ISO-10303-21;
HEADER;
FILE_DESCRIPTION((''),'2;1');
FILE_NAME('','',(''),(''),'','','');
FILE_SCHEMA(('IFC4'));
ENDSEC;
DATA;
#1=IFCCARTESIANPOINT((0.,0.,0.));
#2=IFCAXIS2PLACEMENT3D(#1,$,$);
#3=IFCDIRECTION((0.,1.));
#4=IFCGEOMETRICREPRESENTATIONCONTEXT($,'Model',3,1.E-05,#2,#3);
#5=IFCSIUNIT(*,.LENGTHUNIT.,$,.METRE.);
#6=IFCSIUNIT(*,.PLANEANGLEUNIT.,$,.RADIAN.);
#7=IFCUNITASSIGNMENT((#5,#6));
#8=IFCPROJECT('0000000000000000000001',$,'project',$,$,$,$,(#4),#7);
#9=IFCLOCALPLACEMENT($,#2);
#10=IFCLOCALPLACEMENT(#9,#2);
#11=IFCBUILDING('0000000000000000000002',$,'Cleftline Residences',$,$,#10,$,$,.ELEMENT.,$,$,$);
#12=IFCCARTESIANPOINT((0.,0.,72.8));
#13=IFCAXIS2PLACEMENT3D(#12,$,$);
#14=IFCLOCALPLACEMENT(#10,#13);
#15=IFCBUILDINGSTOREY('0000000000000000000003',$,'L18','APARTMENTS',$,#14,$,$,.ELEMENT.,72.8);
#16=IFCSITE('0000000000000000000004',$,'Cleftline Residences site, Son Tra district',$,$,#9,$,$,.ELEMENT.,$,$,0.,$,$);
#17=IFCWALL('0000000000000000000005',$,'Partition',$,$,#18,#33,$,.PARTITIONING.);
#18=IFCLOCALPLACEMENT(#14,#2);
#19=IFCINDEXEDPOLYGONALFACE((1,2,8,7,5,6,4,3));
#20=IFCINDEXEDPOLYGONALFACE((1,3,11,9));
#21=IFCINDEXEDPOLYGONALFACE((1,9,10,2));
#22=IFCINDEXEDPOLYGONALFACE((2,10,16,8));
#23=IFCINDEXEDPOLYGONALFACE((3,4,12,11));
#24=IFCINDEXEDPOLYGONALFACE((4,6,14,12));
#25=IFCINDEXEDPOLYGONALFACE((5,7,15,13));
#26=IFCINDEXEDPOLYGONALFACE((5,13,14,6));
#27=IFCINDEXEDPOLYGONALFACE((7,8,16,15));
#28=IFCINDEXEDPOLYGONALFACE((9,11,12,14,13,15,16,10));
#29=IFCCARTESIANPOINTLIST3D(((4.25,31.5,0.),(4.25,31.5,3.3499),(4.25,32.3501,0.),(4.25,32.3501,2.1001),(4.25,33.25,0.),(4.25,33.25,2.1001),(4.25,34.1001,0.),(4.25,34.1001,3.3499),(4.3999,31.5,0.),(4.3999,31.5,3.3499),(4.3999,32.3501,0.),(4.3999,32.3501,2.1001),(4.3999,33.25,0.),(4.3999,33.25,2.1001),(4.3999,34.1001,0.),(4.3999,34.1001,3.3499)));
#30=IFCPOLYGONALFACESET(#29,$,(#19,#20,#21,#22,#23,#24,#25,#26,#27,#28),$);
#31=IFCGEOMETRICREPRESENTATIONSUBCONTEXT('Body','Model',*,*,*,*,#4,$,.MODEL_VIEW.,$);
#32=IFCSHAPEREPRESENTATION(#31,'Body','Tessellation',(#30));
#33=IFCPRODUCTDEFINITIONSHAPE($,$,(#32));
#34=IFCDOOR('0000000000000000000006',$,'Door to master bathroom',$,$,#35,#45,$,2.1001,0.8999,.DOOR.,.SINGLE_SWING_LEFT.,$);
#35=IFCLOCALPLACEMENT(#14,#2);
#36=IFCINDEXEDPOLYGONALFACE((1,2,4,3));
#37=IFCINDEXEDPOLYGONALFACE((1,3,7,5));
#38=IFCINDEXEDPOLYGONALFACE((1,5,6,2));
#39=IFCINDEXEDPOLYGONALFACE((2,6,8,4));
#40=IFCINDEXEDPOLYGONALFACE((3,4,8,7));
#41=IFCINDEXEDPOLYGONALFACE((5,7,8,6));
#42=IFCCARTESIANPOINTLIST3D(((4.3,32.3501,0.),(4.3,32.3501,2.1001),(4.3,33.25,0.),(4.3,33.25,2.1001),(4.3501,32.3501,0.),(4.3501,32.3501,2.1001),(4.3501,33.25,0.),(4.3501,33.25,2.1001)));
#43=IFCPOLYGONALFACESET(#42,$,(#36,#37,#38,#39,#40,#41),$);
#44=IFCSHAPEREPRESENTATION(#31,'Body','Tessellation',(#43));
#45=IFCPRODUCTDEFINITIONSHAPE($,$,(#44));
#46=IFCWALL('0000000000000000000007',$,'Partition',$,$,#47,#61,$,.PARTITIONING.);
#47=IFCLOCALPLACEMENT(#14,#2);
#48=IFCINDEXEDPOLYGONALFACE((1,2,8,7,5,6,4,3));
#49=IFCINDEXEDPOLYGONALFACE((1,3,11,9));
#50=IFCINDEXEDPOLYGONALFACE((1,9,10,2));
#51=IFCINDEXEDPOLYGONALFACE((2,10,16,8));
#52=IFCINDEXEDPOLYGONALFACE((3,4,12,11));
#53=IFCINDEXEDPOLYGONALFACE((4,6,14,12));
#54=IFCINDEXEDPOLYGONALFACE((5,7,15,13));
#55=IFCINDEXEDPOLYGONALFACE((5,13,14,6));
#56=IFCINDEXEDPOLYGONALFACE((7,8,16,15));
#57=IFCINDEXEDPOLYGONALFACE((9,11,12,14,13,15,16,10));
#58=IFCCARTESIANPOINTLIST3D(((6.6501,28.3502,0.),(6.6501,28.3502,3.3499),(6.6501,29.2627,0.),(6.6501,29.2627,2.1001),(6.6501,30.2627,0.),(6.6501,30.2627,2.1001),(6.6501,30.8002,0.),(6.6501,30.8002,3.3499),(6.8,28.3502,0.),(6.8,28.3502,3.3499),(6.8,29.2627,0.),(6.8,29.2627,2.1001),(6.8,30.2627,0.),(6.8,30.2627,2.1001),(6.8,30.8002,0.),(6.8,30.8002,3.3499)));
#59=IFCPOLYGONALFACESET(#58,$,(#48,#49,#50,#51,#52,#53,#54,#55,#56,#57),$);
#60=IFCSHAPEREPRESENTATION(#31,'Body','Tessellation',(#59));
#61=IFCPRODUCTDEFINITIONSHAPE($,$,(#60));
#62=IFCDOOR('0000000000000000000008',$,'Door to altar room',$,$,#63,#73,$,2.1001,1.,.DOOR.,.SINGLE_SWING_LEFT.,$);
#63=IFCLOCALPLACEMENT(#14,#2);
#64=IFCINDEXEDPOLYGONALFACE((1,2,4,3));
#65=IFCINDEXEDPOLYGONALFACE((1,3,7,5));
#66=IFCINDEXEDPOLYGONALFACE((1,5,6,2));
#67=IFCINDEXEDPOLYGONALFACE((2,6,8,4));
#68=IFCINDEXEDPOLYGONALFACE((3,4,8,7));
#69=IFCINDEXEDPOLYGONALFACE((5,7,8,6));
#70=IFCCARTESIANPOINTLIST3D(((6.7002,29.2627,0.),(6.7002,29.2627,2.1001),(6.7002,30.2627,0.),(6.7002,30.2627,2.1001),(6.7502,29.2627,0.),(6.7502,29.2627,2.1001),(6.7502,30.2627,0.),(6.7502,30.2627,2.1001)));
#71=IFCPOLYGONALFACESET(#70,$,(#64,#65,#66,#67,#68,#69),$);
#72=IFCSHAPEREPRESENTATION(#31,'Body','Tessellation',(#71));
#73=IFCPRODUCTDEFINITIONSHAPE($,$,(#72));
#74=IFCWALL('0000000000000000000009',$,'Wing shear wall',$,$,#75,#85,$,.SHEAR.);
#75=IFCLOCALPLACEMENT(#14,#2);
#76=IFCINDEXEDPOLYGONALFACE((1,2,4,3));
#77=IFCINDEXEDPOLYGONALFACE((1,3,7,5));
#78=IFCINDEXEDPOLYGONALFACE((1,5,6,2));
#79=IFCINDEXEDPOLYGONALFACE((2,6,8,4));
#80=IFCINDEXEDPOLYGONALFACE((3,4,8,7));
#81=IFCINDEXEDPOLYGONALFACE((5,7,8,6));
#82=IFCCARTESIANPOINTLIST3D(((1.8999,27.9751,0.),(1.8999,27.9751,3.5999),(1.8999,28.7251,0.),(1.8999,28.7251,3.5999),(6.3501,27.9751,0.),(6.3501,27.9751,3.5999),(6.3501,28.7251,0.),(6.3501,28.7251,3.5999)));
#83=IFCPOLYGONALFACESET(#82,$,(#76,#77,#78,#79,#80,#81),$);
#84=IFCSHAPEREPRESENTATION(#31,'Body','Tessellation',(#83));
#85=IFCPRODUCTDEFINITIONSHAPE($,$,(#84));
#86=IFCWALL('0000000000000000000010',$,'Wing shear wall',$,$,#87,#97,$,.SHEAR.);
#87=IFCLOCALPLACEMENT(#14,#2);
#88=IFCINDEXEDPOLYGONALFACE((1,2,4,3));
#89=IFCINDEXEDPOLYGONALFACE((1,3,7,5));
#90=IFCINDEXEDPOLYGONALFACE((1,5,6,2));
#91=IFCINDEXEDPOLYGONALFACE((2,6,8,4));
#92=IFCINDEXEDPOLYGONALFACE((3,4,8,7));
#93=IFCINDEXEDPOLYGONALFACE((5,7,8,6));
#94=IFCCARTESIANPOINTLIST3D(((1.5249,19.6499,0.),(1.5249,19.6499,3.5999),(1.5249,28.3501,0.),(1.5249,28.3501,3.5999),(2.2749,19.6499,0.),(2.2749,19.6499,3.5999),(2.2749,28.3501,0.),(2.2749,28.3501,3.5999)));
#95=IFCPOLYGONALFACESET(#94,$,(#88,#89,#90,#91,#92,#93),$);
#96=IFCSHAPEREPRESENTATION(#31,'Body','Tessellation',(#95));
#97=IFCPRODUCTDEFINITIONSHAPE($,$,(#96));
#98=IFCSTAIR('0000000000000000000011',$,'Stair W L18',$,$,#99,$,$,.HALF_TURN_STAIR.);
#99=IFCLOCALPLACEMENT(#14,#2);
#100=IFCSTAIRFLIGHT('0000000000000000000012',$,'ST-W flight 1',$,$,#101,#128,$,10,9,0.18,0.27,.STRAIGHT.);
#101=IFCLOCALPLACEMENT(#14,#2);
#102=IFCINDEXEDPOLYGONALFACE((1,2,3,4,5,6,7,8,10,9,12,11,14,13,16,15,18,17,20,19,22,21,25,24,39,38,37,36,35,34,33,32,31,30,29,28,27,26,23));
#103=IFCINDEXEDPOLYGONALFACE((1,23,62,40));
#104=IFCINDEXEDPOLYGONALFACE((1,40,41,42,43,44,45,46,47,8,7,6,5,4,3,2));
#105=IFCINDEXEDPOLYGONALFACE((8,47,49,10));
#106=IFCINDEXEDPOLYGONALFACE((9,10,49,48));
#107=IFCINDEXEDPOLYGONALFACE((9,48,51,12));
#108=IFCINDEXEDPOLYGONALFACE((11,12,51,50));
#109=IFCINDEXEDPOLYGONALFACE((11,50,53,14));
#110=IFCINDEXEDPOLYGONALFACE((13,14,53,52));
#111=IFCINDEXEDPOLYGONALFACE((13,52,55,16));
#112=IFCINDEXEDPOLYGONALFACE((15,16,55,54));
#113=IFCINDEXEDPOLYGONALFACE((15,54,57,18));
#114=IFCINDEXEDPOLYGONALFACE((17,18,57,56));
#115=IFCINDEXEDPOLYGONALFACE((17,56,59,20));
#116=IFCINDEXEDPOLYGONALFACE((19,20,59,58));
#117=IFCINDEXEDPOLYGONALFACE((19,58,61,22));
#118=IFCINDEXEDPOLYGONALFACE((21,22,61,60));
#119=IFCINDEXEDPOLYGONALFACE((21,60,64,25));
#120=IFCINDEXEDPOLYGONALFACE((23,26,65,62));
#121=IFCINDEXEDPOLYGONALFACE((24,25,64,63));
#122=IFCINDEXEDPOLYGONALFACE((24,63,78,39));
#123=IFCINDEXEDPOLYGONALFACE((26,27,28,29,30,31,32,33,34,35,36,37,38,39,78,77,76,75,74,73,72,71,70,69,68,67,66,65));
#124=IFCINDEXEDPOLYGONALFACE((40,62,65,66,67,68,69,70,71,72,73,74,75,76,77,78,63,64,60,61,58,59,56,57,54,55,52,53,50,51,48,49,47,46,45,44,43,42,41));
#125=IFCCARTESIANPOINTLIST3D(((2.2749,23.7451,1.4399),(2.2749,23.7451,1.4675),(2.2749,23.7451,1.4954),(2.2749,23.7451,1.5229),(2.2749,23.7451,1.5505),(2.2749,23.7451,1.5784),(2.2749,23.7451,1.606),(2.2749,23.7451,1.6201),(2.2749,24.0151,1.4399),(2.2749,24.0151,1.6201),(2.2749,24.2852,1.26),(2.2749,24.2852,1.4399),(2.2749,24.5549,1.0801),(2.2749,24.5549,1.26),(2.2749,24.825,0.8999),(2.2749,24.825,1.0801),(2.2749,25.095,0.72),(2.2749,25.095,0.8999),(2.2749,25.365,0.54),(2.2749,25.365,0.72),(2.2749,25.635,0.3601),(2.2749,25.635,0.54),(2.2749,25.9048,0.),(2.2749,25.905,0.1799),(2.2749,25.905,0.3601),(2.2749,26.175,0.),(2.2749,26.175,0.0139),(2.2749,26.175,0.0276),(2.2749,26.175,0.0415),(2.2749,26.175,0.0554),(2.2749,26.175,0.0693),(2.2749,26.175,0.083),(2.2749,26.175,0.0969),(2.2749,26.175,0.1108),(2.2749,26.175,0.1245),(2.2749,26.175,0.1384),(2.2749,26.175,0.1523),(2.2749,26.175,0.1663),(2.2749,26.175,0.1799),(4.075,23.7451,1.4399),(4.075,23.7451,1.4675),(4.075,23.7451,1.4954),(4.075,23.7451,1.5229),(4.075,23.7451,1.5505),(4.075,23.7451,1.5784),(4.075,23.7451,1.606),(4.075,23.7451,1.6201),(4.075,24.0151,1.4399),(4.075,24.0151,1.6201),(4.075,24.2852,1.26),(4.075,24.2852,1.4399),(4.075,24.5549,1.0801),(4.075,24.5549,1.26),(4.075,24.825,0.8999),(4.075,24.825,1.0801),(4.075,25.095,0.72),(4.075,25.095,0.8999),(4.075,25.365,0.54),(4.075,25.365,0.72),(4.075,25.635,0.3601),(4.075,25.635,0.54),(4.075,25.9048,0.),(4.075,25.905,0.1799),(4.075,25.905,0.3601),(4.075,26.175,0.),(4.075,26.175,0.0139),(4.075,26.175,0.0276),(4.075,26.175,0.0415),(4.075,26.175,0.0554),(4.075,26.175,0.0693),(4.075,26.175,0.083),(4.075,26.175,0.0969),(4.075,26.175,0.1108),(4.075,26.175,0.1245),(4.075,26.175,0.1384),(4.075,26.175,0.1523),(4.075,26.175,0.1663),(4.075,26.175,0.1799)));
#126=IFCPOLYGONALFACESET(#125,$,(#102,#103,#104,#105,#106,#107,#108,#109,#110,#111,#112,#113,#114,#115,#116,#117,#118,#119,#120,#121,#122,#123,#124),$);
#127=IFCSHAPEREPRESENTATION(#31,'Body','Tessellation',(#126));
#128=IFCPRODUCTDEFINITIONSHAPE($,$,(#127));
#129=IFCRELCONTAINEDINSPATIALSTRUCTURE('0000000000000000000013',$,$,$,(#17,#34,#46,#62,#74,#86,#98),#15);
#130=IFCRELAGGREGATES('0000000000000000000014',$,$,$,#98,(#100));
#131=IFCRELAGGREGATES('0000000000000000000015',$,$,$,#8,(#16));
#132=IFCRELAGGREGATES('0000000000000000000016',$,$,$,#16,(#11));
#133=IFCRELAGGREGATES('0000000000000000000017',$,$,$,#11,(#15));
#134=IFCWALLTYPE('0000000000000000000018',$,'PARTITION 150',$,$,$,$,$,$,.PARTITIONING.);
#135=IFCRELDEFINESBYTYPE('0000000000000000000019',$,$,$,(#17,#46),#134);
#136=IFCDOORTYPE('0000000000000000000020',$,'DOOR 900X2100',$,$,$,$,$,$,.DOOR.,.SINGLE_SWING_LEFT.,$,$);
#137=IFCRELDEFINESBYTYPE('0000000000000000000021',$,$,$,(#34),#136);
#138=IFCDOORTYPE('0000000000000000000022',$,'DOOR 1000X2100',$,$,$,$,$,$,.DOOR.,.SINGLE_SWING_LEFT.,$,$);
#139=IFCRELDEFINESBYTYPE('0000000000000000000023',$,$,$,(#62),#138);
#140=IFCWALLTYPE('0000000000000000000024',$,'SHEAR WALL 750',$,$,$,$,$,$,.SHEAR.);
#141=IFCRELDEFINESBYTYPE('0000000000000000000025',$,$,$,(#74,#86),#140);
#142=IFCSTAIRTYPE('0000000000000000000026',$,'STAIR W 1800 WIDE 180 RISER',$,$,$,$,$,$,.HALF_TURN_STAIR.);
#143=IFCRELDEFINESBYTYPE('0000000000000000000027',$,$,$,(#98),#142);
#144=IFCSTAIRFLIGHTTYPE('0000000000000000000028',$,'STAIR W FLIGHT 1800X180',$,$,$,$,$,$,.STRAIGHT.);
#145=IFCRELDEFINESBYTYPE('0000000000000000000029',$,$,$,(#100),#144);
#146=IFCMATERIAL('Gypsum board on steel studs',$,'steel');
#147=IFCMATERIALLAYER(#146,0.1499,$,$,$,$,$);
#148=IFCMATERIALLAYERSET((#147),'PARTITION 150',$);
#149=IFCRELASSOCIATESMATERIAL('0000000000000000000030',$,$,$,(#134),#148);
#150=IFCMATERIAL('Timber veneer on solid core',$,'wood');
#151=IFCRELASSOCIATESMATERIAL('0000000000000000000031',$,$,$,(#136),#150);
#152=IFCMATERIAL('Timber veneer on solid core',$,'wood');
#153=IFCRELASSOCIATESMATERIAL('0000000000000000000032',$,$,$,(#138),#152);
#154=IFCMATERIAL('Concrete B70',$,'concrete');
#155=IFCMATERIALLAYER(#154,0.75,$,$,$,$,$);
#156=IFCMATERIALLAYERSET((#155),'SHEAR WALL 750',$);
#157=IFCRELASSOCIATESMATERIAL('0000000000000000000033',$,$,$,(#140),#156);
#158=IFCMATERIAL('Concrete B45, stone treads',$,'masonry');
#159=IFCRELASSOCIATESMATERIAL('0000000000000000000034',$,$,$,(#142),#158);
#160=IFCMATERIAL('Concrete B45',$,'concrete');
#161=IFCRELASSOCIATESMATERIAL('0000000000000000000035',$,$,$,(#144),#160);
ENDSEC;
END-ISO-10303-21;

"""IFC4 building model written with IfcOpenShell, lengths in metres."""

from ifc_helpers import new_model, si_unit, direction, frame, frame_2d, origin, place, context, subcontext, project, spatial, polyline, rectangle, outline, extrude, material, layer, layer_set, type_object, element, fill, aggregate, save


model = new_model("IFC4")

# Units and contexts
model_context = context("Model", 3, precision=1e-05, world=origin(), true_north=direction((0.0, 1.0)))
body_context = subcontext(model_context, "Body", "Model", "MODEL_VIEW")
ifc_project = project(units=[si_unit("LENGTHUNIT", "METRE"), si_unit("PLANEANGLEUNIT", "RADIAN")], contexts=[model_context])

# Site, building, storey
site_placement = place(None, origin())
site = spatial("IfcSite", under=ifc_project, at=site_placement, Name="Cleftline Residences site, Son Tra district", CompositionType="ELEMENT", RefElevation=0.0)
building_placement = place(site_placement, origin())
building = spatial("IfcBuilding", under=site, at=building_placement, Name="Cleftline Residences", CompositionType="ELEMENT")
storey_placement = place(building_placement, frame((0.0, 0.0, 72.8)))
storey = spatial("IfcBuildingStorey", under=building, at=storey_placement, Name="L18", Description="APARTMENTS", CompositionType="ELEMENT", Elevation=72.8)

# Shared definitions
ifc_material_1 = material(Name="Gypsum board on steel studs", Category="steel")
ifc_layer_1 = layer(ifc_material_1, 0.1499)
ifc_layer_set_1 = layer_set([ifc_layer_1], Name="PARTITION 150")
wall_type_1 = type_object("IfcWallType", Name="PARTITION 150", PredefinedType="PARTITIONING", material=ifc_layer_set_1)

# Walls, openings, doors
wall_1_placement = place(storey_placement, frame((4.325, 31.5, 0.0), z_axis=(0.0, 0.0, 1.0), x_axis=(0.0, 1.0, 0.0)))
wall_1 = element("IfcWall", 1, at=wall_1_placement, inside=storey, type_object=wall_type_1, Name="Partition", PredefinedType="PARTITIONING", context=body_context, shape_type="SweptSolid", body=[
    extrude(rectangle(XDim=2.6001, YDim=0.1499, at=frame_2d((1.3, 0.0))), origin(), (0.0, 0.0, 1.0), 3.3499),
])
opening_1_placement = place(wall_1_placement, frame((0.8501, 0.0, 0.0)))
opening_1 = element("IfcOpeningElement", 2, at=opening_1_placement, cuts=wall_1, PredefinedType="OPENING", context=body_context, shape_type="SweptSolid", body=[
    extrude(rectangle(XDim=0.8999, YDim=2.1001, at=frame_2d((0.45, 1.05))), frame((0.0, 0.085, 0.0), z_axis=(0.0, -1.0, 0.0), x_axis=(1.0, 0.0, 0.0)), (0.0, 0.0, 1.0), 0.1699),
])
ifc_material_2 = material(Name="Timber veneer on solid core", Category="wood")
door_type_1 = type_object("IfcDoorType", Name="DOOR 900X2100", OperationType="SINGLE_SWING_LEFT", PredefinedType="DOOR", material=ifc_material_2)
door_1_placement = place(opening_1_placement, origin())
door_1 = element("IfcDoor", 3, at=door_1_placement, inside=storey, type_object=door_type_1, Name="Door to master bathroom", OperationType="SINGLE_SWING_LEFT", OverallHeight=2.1001, OverallWidth=0.8999, PredefinedType="DOOR", context=body_context, shape_type="SweptSolid", body=[
    extrude(rectangle(XDim=0.8999, YDim=2.1001, at=frame_2d((0.45, 1.05))), frame((0.0, 0.0249, 0.0), z_axis=(0.0, -1.0, 0.0), x_axis=(1.0, 0.0, 0.0)), (0.0, 0.0, 1.0), 0.05),
])
fill(opening_1, door_1)
wall_2_placement = place(storey_placement, frame((6.7251, 28.3501, 0.0), z_axis=(0.0, 0.0, 1.0), x_axis=(0.0, 1.0, 0.0)))
wall_2 = element("IfcWall", 4, at=wall_2_placement, inside=storey, type_object=wall_type_1, Name="Partition", PredefinedType="PARTITIONING", context=body_context, shape_type="SweptSolid", body=[
    extrude(rectangle(XDim=2.45, YDim=0.1499, at=frame_2d((1.2251, 0.0))), origin(), (0.0, 0.0, 1.0), 3.3499),
])
opening_2_placement = place(wall_2_placement, frame((0.9126, 0.0, 0.0)))
opening_2 = element("IfcOpeningElement", 5, at=opening_2_placement, cuts=wall_2, PredefinedType="OPENING", context=body_context, shape_type="SweptSolid", body=[
    extrude(rectangle(XDim=1.0, YDim=2.1001, at=frame_2d((0.5, 1.05))), frame((0.0, 0.085, 0.0), z_axis=(0.0, -1.0, 0.0), x_axis=(1.0, 0.0, 0.0)), (0.0, 0.0, 1.0), 0.1699),
])
ifc_material_3 = material(Name="Timber veneer on solid core", Category="wood")
door_type_2 = type_object("IfcDoorType", Name="DOOR 1000X2100", OperationType="SINGLE_SWING_LEFT", PredefinedType="DOOR", material=ifc_material_3)
door_2_placement = place(opening_2_placement, origin())
door_2 = element("IfcDoor", 6, at=door_2_placement, inside=storey, type_object=door_type_2, Name="Door to altar room", OperationType="SINGLE_SWING_LEFT", OverallHeight=2.1001, OverallWidth=1.0, PredefinedType="DOOR", context=body_context, shape_type="SweptSolid", body=[
    extrude(rectangle(XDim=1.0, YDim=2.1001, at=frame_2d((0.5, 1.05))), frame((0.0, 0.0249, 0.0), z_axis=(0.0, -1.0, 0.0), x_axis=(1.0, 0.0, 0.0)), (0.0, 0.0, 1.0), 0.05),
])
fill(opening_2, door_2)

# Walls
ifc_material_4 = material(Name="Concrete B70", Category="concrete")
ifc_layer_2 = layer(ifc_material_4, 0.75)
ifc_layer_set_2 = layer_set([ifc_layer_2], Name="SHEAR WALL 750")
wall_type_2 = type_object("IfcWallType", Name="SHEAR WALL 750", PredefinedType="SHEAR", material=ifc_layer_set_2)
wall_3_placement = place(storey_placement, frame((6.3501, 28.3501, 0.0), z_axis=(0.0, 0.0, 1.0), x_axis=(-1.0, 0.0, 0.0)))
element("IfcWall", 7, at=wall_3_placement, inside=storey, type_object=wall_type_2, Name="Wing shear wall", PredefinedType="SHEAR", context=body_context, shape_type="SweptSolid", body=[
    extrude(rectangle(XDim=4.4502, YDim=0.75, at=frame_2d((2.2251, 0.0))), origin(), (0.0, 0.0, 1.0), 3.5999),
])
wall_4_placement = place(storey_placement, frame((1.8999, 28.3501, 0.0), z_axis=(0.0, 0.0, 1.0), x_axis=(0.0, -1.0, 0.0)))
element("IfcWall", 8, at=wall_4_placement, inside=storey, type_object=wall_type_2, Name="Wing shear wall", PredefinedType="SHEAR", context=body_context, shape_type="SweptSolid", body=[
    extrude(rectangle(XDim=8.7002, YDim=0.75, at=frame_2d((4.3501, 0.0))), origin(), (0.0, 0.0, 1.0), 3.5999),
])

# Stair, stair flight
ifc_material_5 = material(Name="Concrete B45, stone treads", Category="masonry")
stair_type = type_object("IfcStairType", Name="STAIR W 1800 WIDE 180 RISER", PredefinedType="HALF_TURN_STAIR", material=ifc_material_5)
stair_placement = place(storey_placement, origin())
stair = element("IfcStair", 9, at=stair_placement, inside=storey, type_object=stair_type, Name="Stair W L18", PredefinedType="HALF_TURN_STAIR")
ifc_material_6 = material(Name="Concrete B45", Category="concrete")
stair_flight_type = type_object("IfcStairFlightType", Name="STAIR W FLIGHT 1800X180", PredefinedType="STRAIGHT", material=ifc_material_6)
stair_flight_1_placement = place(storey_placement, frame((3.175, 26.175, 0.0), z_axis=(0.0, 0.0, 1.0), x_axis=(0.0, -1.0, 0.0)))
stair_flight_1 = element("IfcStairFlight", 10, at=stair_flight_1_placement, type_object=stair_flight_type, Name="ST-W flight 1", NumberOfRisers=10, NumberOfTreads=9, PredefinedType="STRAIGHT", RiserHeight=0.18, TreadLength=0.27, context=body_context, shape_type="SweptSolid", body=[
    extrude(outline(polyline([(0.0, 0.0), (0.0, 0.0139), (0.0, 0.0276), (0.0, 0.0415), (0.0, 0.0554), (0.0, 0.0693), (0.0, 0.083), (0.0, 0.0969), (0.0, 0.1108), (0.0, 0.1245), (0.0, 0.1384), (0.0, 0.1523), (0.0, 0.1663), (0.0, 0.1799), (0.27, 0.1799), (0.27, 0.3601), (0.54, 0.3601), (0.54, 0.54), (0.8101, 0.54), (0.8101, 0.72), (1.0801, 0.72), (1.0801, 0.8999), (1.3501, 0.8999), (1.3501, 1.0801), (1.6201, 1.0801), (1.6201, 1.26), (1.8899, 1.26), (1.8899, 1.4399), (2.1599, 1.4399), (2.1599, 1.6201), (2.4299, 1.6201), (2.4299, 1.8), (2.4299, 1.7722), (2.4299, 1.7446), (2.4299, 1.7168), (2.4299, 1.6892), (2.4299, 1.6614), (2.4299, 1.6338), (2.4299, 1.606), (2.4299, 1.5784), (2.4299, 1.5505), (2.4299, 1.5229), (2.4299, 1.4954), (2.4299, 1.4675), (2.4299, 1.4399), (0.2703, 0.0), (0.0, 0.0)])), frame((0.0, 0.8999, 0.0), z_axis=(0.0, -1.0, 0.0), x_axis=(1.0, 0.0, 0.0)), (0.0, 0.0, 1.0), 1.8),
])
aggregate(stair, [stair_flight_1])

save(model, "model.ifc")
